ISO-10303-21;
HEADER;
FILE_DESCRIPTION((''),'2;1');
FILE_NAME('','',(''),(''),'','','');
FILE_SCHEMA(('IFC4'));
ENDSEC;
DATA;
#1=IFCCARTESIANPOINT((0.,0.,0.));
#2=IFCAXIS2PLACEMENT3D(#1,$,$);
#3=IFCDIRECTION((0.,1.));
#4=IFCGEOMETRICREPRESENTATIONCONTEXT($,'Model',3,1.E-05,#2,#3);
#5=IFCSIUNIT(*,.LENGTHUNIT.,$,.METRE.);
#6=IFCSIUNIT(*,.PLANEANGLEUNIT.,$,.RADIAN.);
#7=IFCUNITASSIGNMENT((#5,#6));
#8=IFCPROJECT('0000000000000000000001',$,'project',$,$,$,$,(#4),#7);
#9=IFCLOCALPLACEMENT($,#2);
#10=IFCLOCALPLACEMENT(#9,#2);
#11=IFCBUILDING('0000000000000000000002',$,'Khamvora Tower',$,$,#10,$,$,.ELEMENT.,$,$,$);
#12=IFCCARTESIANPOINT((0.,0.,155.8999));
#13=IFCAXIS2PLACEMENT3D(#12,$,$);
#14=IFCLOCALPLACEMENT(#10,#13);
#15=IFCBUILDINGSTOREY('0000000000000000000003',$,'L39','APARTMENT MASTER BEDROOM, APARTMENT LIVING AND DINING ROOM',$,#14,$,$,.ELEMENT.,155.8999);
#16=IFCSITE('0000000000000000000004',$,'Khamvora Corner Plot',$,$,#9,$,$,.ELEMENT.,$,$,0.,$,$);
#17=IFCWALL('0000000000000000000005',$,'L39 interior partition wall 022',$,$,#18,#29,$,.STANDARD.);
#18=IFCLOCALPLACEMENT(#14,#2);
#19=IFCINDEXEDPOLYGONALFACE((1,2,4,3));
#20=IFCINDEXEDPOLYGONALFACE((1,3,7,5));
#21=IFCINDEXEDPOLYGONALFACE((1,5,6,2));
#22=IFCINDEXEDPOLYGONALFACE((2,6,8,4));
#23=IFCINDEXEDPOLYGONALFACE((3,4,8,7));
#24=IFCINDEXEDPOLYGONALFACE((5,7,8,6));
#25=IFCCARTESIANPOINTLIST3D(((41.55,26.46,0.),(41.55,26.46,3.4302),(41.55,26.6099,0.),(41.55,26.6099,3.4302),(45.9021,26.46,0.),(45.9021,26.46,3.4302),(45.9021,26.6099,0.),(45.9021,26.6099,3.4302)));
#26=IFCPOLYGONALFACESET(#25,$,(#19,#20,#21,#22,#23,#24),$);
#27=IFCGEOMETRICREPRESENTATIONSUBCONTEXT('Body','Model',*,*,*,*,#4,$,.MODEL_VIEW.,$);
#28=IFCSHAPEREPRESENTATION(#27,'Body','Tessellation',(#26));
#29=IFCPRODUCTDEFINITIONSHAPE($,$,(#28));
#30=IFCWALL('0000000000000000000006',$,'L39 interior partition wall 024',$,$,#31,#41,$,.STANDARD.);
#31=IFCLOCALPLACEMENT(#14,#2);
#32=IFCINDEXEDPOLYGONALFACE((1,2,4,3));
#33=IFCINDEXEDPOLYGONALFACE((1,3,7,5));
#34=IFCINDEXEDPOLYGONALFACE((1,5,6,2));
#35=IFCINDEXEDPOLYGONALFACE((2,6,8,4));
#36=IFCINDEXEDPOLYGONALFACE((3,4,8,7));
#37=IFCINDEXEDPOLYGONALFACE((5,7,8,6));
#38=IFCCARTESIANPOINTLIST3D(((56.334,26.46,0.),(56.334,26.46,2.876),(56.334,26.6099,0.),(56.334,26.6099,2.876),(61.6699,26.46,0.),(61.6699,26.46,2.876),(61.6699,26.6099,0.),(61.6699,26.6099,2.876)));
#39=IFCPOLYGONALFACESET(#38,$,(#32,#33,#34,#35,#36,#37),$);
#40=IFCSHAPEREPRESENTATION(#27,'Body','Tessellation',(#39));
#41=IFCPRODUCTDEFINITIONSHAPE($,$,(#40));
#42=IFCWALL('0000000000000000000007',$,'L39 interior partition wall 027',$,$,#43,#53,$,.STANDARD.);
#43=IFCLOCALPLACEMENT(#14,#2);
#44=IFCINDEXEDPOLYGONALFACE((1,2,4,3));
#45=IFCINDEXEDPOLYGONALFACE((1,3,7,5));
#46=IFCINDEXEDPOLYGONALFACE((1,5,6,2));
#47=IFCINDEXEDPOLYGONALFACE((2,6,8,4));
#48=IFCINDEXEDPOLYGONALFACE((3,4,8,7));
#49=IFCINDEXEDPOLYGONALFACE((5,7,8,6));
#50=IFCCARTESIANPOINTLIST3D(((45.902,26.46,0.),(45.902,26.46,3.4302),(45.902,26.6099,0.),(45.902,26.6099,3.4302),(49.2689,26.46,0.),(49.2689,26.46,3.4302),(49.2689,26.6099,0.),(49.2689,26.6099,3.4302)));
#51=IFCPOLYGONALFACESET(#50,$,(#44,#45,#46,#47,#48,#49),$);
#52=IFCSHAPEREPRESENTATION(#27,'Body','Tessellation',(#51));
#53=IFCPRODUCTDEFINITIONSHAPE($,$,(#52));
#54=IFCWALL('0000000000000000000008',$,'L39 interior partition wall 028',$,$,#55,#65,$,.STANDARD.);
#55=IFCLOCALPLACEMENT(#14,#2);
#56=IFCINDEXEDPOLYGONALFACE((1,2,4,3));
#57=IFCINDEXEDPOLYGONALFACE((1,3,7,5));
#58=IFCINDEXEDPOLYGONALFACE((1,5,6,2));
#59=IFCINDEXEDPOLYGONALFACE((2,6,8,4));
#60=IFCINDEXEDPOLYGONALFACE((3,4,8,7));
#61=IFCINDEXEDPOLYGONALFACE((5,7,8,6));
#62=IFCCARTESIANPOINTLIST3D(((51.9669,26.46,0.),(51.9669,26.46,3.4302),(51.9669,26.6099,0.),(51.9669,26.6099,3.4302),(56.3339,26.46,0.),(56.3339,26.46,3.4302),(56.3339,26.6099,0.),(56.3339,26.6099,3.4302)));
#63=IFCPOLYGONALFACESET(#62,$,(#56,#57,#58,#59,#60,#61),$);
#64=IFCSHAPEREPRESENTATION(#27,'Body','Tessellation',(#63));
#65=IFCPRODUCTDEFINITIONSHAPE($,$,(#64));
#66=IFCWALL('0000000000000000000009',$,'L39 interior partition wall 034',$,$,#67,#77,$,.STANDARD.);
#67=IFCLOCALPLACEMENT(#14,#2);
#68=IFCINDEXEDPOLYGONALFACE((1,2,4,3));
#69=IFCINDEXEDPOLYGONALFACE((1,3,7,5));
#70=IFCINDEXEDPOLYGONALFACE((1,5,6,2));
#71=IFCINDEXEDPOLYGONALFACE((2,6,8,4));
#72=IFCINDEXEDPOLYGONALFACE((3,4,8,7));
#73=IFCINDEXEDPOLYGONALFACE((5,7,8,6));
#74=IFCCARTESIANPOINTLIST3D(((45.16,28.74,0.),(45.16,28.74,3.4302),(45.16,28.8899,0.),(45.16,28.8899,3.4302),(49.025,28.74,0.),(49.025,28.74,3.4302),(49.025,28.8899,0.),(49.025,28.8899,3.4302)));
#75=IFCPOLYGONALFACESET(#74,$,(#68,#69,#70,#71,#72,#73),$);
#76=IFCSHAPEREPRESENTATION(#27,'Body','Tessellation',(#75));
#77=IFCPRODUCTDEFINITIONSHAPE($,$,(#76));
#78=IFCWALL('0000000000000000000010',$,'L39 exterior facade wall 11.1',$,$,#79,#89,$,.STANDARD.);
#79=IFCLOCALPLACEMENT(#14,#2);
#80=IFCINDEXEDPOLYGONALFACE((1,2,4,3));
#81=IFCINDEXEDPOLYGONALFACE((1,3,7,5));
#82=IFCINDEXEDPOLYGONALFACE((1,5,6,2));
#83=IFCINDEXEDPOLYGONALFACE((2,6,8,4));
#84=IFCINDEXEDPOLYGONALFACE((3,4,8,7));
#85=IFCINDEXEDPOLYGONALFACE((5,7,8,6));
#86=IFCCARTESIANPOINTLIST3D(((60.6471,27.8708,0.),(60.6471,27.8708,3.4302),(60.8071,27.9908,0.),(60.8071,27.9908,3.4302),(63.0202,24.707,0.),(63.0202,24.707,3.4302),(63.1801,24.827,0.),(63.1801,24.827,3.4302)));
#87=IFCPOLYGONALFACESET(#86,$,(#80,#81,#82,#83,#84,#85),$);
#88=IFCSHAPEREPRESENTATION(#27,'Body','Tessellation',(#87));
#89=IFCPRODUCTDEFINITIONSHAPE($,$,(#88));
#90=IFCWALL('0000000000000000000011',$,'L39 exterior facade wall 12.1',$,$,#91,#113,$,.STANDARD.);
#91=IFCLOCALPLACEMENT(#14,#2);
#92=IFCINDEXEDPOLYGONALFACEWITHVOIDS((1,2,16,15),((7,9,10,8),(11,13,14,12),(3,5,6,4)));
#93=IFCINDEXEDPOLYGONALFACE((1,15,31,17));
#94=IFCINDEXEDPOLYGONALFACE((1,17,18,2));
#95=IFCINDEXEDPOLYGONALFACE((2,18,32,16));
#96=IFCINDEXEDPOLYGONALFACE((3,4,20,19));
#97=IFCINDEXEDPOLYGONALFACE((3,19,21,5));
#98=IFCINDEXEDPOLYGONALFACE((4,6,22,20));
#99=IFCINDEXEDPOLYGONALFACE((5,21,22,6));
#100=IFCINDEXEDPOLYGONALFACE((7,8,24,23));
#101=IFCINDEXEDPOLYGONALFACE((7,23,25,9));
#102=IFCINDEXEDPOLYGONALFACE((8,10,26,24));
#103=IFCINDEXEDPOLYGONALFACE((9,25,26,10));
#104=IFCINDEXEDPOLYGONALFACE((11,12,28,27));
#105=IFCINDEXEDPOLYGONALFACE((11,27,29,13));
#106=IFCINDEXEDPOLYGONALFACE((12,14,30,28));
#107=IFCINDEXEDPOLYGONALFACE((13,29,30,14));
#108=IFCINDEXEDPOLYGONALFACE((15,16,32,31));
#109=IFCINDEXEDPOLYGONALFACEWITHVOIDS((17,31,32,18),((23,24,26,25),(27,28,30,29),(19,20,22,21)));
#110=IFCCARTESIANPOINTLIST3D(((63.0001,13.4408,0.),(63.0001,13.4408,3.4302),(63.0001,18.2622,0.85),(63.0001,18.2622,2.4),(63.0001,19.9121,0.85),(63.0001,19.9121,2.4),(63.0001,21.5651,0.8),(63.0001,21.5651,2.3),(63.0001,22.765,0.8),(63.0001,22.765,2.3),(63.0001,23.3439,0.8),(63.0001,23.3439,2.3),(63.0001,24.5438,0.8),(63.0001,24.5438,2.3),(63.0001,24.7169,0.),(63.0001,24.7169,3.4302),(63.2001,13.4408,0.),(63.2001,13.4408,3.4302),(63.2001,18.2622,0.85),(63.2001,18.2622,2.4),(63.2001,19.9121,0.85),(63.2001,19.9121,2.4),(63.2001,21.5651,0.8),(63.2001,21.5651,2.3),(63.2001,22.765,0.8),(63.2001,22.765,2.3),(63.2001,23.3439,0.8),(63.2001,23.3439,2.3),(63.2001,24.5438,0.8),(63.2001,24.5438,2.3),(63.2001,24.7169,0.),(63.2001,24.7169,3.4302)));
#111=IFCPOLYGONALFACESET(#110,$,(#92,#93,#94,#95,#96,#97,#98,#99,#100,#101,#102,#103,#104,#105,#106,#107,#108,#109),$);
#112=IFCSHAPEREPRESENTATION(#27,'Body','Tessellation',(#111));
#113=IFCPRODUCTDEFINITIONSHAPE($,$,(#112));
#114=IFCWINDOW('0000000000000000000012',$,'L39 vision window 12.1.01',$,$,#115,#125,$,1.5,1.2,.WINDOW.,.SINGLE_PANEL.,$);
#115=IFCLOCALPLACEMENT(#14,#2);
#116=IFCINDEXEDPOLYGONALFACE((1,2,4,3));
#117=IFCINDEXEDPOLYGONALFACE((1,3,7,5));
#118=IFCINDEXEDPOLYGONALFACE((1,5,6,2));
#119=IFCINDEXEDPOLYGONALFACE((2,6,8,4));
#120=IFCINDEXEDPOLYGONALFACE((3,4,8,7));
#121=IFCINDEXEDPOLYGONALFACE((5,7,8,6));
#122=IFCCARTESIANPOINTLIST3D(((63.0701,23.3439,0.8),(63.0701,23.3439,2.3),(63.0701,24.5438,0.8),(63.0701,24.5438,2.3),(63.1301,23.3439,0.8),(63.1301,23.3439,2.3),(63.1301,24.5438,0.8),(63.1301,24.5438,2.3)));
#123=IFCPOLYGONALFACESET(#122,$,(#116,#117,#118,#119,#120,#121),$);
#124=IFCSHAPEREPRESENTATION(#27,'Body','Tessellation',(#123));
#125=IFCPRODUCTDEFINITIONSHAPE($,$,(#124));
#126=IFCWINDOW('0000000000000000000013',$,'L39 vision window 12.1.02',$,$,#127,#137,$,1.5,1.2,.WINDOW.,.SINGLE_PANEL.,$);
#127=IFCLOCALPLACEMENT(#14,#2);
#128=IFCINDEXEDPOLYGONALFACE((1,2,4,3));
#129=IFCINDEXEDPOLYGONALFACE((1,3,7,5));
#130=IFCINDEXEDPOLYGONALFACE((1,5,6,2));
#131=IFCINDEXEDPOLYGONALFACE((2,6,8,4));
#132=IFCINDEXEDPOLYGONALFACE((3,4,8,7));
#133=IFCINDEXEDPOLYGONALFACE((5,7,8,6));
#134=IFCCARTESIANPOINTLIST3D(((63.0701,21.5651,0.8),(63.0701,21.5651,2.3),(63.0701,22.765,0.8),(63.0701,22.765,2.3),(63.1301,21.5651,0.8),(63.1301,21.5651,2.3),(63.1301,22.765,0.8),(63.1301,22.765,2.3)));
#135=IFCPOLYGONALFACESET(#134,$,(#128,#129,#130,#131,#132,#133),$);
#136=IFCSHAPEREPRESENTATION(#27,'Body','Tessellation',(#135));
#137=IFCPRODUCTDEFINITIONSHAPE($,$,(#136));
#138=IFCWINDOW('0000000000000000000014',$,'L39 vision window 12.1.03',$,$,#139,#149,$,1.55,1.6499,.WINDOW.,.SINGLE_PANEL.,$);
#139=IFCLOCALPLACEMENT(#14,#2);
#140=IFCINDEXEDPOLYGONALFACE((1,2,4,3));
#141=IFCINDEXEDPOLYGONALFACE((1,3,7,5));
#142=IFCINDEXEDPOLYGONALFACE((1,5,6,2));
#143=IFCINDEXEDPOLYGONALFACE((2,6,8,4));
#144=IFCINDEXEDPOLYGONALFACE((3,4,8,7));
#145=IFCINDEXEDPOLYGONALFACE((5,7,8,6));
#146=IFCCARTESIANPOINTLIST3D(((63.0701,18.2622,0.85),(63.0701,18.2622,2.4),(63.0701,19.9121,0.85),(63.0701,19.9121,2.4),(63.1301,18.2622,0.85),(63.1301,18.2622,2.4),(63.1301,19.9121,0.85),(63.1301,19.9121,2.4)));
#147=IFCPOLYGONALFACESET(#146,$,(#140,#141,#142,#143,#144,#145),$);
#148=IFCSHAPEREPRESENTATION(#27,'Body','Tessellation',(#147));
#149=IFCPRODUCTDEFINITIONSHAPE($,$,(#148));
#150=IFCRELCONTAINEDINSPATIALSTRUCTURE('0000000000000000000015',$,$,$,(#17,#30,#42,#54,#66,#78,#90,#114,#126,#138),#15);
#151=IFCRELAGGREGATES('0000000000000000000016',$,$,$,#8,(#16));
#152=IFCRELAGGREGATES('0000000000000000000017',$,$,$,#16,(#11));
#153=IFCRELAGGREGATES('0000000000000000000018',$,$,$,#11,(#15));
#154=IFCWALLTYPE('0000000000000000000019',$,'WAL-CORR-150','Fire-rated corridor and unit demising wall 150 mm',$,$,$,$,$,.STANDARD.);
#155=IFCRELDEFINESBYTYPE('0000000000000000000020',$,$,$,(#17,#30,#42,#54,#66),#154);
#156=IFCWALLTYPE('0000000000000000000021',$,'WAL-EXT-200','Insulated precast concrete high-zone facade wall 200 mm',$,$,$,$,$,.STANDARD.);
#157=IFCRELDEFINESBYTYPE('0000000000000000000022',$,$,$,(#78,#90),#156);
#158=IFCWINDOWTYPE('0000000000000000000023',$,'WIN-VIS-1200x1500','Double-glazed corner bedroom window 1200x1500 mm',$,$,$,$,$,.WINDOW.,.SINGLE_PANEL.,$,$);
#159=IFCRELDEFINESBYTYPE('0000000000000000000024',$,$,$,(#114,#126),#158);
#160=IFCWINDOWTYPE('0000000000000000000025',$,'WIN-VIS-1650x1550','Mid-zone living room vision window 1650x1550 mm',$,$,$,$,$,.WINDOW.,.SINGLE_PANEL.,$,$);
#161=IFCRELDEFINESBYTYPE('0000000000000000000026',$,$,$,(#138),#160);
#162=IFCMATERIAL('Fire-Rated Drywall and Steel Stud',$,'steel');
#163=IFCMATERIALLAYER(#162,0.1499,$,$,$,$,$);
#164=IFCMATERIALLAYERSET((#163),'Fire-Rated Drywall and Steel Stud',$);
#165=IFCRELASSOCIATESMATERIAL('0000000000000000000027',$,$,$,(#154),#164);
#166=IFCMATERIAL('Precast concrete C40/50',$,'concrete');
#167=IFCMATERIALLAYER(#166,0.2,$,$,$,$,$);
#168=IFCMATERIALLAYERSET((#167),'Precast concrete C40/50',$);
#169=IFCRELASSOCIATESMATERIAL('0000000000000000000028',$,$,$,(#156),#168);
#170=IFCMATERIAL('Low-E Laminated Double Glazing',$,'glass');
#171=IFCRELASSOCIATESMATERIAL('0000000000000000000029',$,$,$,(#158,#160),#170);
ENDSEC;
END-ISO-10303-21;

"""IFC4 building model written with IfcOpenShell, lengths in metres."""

from ifc_helpers import new_model, si_unit, direction, frame, frame_2d, origin, place, context, subcontext, project, spatial, rectangle, extrude, material, layer, layer_set, type_object, element, fill, save


model = new_model("IFC4")

# Units and contexts
model_context = context("Model", 3, precision=1e-05, world=origin(), true_north=direction((0.0, 1.0)))
body_context = subcontext(model_context, "Body", "Model", "MODEL_VIEW")
ifc_project = project(units=[si_unit("LENGTHUNIT", "METRE"), si_unit("PLANEANGLEUNIT", "RADIAN")], contexts=[model_context])

# Site, building, storey
site_placement = place(None, origin())
site = spatial("IfcSite", under=ifc_project, at=site_placement, Name="Khamvora Corner Plot", CompositionType="ELEMENT", RefElevation=0.0)
building_placement = place(site_placement, origin())
building = spatial("IfcBuilding", under=site, at=building_placement, Name="Khamvora Tower", CompositionType="ELEMENT")
storey_placement = place(building_placement, frame((0.0, 0.0, 155.8999)))
storey = spatial("IfcBuildingStorey", under=building, at=storey_placement, Name="L39", Description="APARTMENT MASTER BEDROOM, APARTMENT LIVING AND DINING ROOM", CompositionType="ELEMENT", Elevation=155.8999)

# Walls
ifc_material_1 = material(Name="Fire-Rated Drywall and Steel Stud", Category="steel")
ifc_layer_1 = layer(ifc_material_1, 0.1499)
ifc_layer_set_1 = layer_set([ifc_layer_1], Name="Fire-Rated Drywall and Steel Stud")
wall_type_1 = type_object("IfcWallType", Name="WAL-CORR-150", Description="Fire-rated corridor and unit demising wall 150 mm", PredefinedType="STANDARD", material=ifc_layer_set_1)
wall_1_placement = place(storey_placement, frame((45.9021, 26.5349, 0.0), z_axis=(0.0, 0.0, 1.0), x_axis=(-1.0, 0.0, 0.0)))
element("IfcWall", 1, at=wall_1_placement, inside=storey, type_object=wall_type_1, Name="L39 interior partition wall 022", PredefinedType="STANDARD", context=body_context, shape_type="SweptSolid", body=[
    extrude(rectangle(XDim=4.3521, YDim=0.1499, at=frame_2d((2.176, 0.0))), origin(), (0.0, 0.0, 1.0), 3.4302),
])
wall_2_placement = place(storey_placement, frame((61.6699, 26.5349, 0.0), z_axis=(0.0, 0.0, 1.0), x_axis=(-1.0, 0.0, 0.0)))
element("IfcWall", 2, at=wall_2_placement, inside=storey, type_object=wall_type_1, Name="L39 interior partition wall 024", PredefinedType="STANDARD", context=body_context, shape_type="SweptSolid", body=[
    extrude(rectangle(XDim=5.3359, YDim=0.1499, at=frame_2d((2.668, 0.0))), origin(), (0.0, 0.0, 1.0), 2.876),
])

# Walls
wall_3_placement = place(storey_placement, frame((49.269, 26.5349, 0.0), z_axis=(0.0, 0.0, 1.0), x_axis=(-1.0, 0.0, 0.0)))
element("IfcWall", 3, at=wall_3_placement, inside=storey, type_object=wall_type_1, Name="L39 interior partition wall 027", PredefinedType="STANDARD", context=body_context, shape_type="SweptSolid", body=[
    extrude(rectangle(XDim=3.3669, YDim=0.1499, at=frame_2d((1.6836, 0.0))), origin(), (0.0, 0.0, 1.0), 3.4302),
])
wall_4_placement = place(storey_placement, frame((56.334, 26.5349, 0.0), z_axis=(0.0, 0.0, 1.0), x_axis=(-1.0, 0.0, 0.0)))
element("IfcWall", 4, at=wall_4_placement, inside=storey, type_object=wall_type_1, Name="L39 interior partition wall 028", PredefinedType="STANDARD", context=body_context, shape_type="SweptSolid", body=[
    extrude(rectangle(XDim=4.3669, YDim=0.1499, at=frame_2d((2.1836, 0.0))), origin(), (0.0, 0.0, 1.0), 3.4302),
])

# Walls
wall_5_placement = place(storey_placement, frame((45.1599, 28.8149, 0.0), z_axis=(0.0, 0.0, 1.0), x_axis=(1.0, 0.0, 0.0)))
element("IfcWall", 5, at=wall_5_placement, inside=storey, type_object=wall_type_1, Name="L39 interior partition wall 034", PredefinedType="STANDARD", context=body_context, shape_type="SweptSolid", body=[
    extrude(rectangle(XDim=3.865, YDim=0.1499, at=frame_2d((1.9326, 0.0))), origin(), (0.0, 0.0, 1.0), 3.4302),
])
ifc_material_2 = material(Name="Precast concrete C40/50", Category="concrete")
ifc_layer_2 = layer(ifc_material_2, 0.2)
ifc_layer_set_2 = layer_set([ifc_layer_2], Name="Precast concrete C40/50")
wall_type_2 = type_object("IfcWallType", Name="WAL-EXT-200", Description="Insulated precast concrete high-zone facade wall 200 mm", PredefinedType="STANDARD", material=ifc_layer_set_2)
wall_6_placement = place(storey_placement, frame((60.7271, 27.9309, 0.0), z_axis=(0.0, 0.0, 1.0), x_axis=(0.60003, -0.799978, 0.0)))
element("IfcWall", 6, at=wall_6_placement, inside=storey, type_object=wall_type_2, Name="L39 exterior facade wall 11.1", PredefinedType="STANDARD", context=body_context, shape_type="SweptSolid", body=[
    extrude(rectangle(XDim=3.9548, YDim=0.2, at=frame_2d((1.9775, 0.0))), origin(), (0.0, 0.0, 1.0), 3.4302),
])

# Wall, openings, windows
wall_7_placement = place(storey_placement, frame((63.1001, 24.717, 0.0), z_axis=(0.0, 0.0, 1.0), x_axis=(0.0, -1.0, 0.0)))
wall_7 = element("IfcWall", 7, at=wall_7_placement, inside=storey, type_object=wall_type_2, Name="L39 exterior facade wall 12.1", PredefinedType="STANDARD", context=body_context, shape_type="SweptSolid", body=[
    extrude(rectangle(XDim=11.2761, YDim=0.2, at=frame_2d((5.6382, 0.0))), origin(), (0.0, 0.0, 1.0), 3.4302),
])
opening_1_placement = place(wall_7_placement, frame((0.1731, 0.0, 0.8)))
opening_1 = element("IfcOpeningElement", 8, at=opening_1_placement, cuts=wall_7, PredefinedType="OPENING", context=body_context, shape_type="SweptSolid", body=[
    extrude(rectangle(XDim=1.2, YDim=1.5, at=frame_2d((0.6001, 0.75))), frame((0.0, 0.1099, 0.0), z_axis=(0.0, -1.0, 0.0), x_axis=(1.0, 0.0, 0.0)), (0.0, 0.0, 1.0), 0.22),
])
opening_2_placement = place(wall_7_placement, frame((1.9519, 0.0, 0.8)))
opening_2 = element("IfcOpeningElement", 9, at=opening_2_placement, cuts=wall_7, PredefinedType="OPENING", context=body_context, shape_type="SweptSolid", body=[
    extrude(rectangle(XDim=1.2, YDim=1.5, at=frame_2d((0.6001, 0.75))), frame((0.0, 0.1099, 0.0), z_axis=(0.0, -1.0, 0.0), x_axis=(1.0, 0.0, 0.0)), (0.0, 0.0, 1.0), 0.22),
])
opening_3_placement = place(wall_7_placement, frame((4.8049, 0.0, 0.8501)))
opening_3 = element("IfcOpeningElement", 10, at=opening_3_placement, cuts=wall_7, PredefinedType="OPENING", context=body_context, shape_type="SweptSolid", body=[
    extrude(rectangle(XDim=1.6499, YDim=1.55, at=frame_2d((0.825, 0.7749))), frame((0.0, 0.1099, 0.0), z_axis=(0.0, -1.0, 0.0), x_axis=(1.0, 0.0, 0.0)), (0.0, 0.0, 1.0), 0.22),
])
ifc_material_3 = material(Name="Low-E Laminated Double Glazing", Category="glass")
window_type_1 = type_object("IfcWindowType", Name="WIN-VIS-1200x1500", Description="Double-glazed corner bedroom window 1200x1500 mm", PartitioningType="SINGLE_PANEL", PredefinedType="WINDOW", material=ifc_material_3)
window_1_placement = place(opening_1_placement, origin())
window_1 = element("IfcWindow", 11, at=window_1_placement, inside=storey, type_object=window_type_1, Name="L39 vision window 12.1.01", OverallHeight=1.5, OverallWidth=1.2, PartitioningType="SINGLE_PANEL", PredefinedType="WINDOW", context=body_context, shape_type="SweptSolid", body=[
    extrude(rectangle(XDim=1.2, YDim=1.5, at=frame_2d((0.6001, 0.75))), frame((0.0, 0.03, 0.0), z_axis=(0.0, -1.0, 0.0), x_axis=(1.0, 0.0, 0.0)), (0.0, 0.0, 1.0), 0.0601),
])
fill(opening_1, window_1)
window_2_placement = place(opening_2_placement, origin())
window_2 = element("IfcWindow", 12, at=window_2_placement, inside=storey, type_object=window_type_1, Name="L39 vision window 12.1.02", OverallHeight=1.5, OverallWidth=1.2, PartitioningType="SINGLE_PANEL", PredefinedType="WINDOW", context=body_context, shape_type="SweptSolid", body=[
    extrude(rectangle(XDim=1.2, YDim=1.5, at=frame_2d((0.6001, 0.75))), frame((0.0, 0.03, 0.0), z_axis=(0.0, -1.0, 0.0), x_axis=(1.0, 0.0, 0.0)), (0.0, 0.0, 1.0), 0.0601),
])
fill(opening_2, window_2)
window_type_2 = type_object("IfcWindowType", Name="WIN-VIS-1650x1550", Description="Mid-zone living room vision window 1650x1550 mm", PartitioningType="SINGLE_PANEL", PredefinedType="WINDOW", material=ifc_material_3)
window_3_placement = place(opening_3_placement, origin())
window_3 = element("IfcWindow", 13, at=window_3_placement, inside=storey, type_object=window_type_2, Name="L39 vision window 12.1.03", OverallHeight=1.55, OverallWidth=1.6499, PartitioningType="SINGLE_PANEL", PredefinedType="WINDOW", context=body_context, shape_type="SweptSolid", body=[
    extrude(rectangle(XDim=1.6499, YDim=1.55, at=frame_2d((0.825, 0.7749))), frame((0.0, 0.03, 0.0), z_axis=(0.0, -1.0, 0.0), x_axis=(1.0, 0.0, 0.0)), (0.0, 0.0, 1.0), 0.0601),
])
fill(opening_3, window_3)

save(model, "model.ifc")
